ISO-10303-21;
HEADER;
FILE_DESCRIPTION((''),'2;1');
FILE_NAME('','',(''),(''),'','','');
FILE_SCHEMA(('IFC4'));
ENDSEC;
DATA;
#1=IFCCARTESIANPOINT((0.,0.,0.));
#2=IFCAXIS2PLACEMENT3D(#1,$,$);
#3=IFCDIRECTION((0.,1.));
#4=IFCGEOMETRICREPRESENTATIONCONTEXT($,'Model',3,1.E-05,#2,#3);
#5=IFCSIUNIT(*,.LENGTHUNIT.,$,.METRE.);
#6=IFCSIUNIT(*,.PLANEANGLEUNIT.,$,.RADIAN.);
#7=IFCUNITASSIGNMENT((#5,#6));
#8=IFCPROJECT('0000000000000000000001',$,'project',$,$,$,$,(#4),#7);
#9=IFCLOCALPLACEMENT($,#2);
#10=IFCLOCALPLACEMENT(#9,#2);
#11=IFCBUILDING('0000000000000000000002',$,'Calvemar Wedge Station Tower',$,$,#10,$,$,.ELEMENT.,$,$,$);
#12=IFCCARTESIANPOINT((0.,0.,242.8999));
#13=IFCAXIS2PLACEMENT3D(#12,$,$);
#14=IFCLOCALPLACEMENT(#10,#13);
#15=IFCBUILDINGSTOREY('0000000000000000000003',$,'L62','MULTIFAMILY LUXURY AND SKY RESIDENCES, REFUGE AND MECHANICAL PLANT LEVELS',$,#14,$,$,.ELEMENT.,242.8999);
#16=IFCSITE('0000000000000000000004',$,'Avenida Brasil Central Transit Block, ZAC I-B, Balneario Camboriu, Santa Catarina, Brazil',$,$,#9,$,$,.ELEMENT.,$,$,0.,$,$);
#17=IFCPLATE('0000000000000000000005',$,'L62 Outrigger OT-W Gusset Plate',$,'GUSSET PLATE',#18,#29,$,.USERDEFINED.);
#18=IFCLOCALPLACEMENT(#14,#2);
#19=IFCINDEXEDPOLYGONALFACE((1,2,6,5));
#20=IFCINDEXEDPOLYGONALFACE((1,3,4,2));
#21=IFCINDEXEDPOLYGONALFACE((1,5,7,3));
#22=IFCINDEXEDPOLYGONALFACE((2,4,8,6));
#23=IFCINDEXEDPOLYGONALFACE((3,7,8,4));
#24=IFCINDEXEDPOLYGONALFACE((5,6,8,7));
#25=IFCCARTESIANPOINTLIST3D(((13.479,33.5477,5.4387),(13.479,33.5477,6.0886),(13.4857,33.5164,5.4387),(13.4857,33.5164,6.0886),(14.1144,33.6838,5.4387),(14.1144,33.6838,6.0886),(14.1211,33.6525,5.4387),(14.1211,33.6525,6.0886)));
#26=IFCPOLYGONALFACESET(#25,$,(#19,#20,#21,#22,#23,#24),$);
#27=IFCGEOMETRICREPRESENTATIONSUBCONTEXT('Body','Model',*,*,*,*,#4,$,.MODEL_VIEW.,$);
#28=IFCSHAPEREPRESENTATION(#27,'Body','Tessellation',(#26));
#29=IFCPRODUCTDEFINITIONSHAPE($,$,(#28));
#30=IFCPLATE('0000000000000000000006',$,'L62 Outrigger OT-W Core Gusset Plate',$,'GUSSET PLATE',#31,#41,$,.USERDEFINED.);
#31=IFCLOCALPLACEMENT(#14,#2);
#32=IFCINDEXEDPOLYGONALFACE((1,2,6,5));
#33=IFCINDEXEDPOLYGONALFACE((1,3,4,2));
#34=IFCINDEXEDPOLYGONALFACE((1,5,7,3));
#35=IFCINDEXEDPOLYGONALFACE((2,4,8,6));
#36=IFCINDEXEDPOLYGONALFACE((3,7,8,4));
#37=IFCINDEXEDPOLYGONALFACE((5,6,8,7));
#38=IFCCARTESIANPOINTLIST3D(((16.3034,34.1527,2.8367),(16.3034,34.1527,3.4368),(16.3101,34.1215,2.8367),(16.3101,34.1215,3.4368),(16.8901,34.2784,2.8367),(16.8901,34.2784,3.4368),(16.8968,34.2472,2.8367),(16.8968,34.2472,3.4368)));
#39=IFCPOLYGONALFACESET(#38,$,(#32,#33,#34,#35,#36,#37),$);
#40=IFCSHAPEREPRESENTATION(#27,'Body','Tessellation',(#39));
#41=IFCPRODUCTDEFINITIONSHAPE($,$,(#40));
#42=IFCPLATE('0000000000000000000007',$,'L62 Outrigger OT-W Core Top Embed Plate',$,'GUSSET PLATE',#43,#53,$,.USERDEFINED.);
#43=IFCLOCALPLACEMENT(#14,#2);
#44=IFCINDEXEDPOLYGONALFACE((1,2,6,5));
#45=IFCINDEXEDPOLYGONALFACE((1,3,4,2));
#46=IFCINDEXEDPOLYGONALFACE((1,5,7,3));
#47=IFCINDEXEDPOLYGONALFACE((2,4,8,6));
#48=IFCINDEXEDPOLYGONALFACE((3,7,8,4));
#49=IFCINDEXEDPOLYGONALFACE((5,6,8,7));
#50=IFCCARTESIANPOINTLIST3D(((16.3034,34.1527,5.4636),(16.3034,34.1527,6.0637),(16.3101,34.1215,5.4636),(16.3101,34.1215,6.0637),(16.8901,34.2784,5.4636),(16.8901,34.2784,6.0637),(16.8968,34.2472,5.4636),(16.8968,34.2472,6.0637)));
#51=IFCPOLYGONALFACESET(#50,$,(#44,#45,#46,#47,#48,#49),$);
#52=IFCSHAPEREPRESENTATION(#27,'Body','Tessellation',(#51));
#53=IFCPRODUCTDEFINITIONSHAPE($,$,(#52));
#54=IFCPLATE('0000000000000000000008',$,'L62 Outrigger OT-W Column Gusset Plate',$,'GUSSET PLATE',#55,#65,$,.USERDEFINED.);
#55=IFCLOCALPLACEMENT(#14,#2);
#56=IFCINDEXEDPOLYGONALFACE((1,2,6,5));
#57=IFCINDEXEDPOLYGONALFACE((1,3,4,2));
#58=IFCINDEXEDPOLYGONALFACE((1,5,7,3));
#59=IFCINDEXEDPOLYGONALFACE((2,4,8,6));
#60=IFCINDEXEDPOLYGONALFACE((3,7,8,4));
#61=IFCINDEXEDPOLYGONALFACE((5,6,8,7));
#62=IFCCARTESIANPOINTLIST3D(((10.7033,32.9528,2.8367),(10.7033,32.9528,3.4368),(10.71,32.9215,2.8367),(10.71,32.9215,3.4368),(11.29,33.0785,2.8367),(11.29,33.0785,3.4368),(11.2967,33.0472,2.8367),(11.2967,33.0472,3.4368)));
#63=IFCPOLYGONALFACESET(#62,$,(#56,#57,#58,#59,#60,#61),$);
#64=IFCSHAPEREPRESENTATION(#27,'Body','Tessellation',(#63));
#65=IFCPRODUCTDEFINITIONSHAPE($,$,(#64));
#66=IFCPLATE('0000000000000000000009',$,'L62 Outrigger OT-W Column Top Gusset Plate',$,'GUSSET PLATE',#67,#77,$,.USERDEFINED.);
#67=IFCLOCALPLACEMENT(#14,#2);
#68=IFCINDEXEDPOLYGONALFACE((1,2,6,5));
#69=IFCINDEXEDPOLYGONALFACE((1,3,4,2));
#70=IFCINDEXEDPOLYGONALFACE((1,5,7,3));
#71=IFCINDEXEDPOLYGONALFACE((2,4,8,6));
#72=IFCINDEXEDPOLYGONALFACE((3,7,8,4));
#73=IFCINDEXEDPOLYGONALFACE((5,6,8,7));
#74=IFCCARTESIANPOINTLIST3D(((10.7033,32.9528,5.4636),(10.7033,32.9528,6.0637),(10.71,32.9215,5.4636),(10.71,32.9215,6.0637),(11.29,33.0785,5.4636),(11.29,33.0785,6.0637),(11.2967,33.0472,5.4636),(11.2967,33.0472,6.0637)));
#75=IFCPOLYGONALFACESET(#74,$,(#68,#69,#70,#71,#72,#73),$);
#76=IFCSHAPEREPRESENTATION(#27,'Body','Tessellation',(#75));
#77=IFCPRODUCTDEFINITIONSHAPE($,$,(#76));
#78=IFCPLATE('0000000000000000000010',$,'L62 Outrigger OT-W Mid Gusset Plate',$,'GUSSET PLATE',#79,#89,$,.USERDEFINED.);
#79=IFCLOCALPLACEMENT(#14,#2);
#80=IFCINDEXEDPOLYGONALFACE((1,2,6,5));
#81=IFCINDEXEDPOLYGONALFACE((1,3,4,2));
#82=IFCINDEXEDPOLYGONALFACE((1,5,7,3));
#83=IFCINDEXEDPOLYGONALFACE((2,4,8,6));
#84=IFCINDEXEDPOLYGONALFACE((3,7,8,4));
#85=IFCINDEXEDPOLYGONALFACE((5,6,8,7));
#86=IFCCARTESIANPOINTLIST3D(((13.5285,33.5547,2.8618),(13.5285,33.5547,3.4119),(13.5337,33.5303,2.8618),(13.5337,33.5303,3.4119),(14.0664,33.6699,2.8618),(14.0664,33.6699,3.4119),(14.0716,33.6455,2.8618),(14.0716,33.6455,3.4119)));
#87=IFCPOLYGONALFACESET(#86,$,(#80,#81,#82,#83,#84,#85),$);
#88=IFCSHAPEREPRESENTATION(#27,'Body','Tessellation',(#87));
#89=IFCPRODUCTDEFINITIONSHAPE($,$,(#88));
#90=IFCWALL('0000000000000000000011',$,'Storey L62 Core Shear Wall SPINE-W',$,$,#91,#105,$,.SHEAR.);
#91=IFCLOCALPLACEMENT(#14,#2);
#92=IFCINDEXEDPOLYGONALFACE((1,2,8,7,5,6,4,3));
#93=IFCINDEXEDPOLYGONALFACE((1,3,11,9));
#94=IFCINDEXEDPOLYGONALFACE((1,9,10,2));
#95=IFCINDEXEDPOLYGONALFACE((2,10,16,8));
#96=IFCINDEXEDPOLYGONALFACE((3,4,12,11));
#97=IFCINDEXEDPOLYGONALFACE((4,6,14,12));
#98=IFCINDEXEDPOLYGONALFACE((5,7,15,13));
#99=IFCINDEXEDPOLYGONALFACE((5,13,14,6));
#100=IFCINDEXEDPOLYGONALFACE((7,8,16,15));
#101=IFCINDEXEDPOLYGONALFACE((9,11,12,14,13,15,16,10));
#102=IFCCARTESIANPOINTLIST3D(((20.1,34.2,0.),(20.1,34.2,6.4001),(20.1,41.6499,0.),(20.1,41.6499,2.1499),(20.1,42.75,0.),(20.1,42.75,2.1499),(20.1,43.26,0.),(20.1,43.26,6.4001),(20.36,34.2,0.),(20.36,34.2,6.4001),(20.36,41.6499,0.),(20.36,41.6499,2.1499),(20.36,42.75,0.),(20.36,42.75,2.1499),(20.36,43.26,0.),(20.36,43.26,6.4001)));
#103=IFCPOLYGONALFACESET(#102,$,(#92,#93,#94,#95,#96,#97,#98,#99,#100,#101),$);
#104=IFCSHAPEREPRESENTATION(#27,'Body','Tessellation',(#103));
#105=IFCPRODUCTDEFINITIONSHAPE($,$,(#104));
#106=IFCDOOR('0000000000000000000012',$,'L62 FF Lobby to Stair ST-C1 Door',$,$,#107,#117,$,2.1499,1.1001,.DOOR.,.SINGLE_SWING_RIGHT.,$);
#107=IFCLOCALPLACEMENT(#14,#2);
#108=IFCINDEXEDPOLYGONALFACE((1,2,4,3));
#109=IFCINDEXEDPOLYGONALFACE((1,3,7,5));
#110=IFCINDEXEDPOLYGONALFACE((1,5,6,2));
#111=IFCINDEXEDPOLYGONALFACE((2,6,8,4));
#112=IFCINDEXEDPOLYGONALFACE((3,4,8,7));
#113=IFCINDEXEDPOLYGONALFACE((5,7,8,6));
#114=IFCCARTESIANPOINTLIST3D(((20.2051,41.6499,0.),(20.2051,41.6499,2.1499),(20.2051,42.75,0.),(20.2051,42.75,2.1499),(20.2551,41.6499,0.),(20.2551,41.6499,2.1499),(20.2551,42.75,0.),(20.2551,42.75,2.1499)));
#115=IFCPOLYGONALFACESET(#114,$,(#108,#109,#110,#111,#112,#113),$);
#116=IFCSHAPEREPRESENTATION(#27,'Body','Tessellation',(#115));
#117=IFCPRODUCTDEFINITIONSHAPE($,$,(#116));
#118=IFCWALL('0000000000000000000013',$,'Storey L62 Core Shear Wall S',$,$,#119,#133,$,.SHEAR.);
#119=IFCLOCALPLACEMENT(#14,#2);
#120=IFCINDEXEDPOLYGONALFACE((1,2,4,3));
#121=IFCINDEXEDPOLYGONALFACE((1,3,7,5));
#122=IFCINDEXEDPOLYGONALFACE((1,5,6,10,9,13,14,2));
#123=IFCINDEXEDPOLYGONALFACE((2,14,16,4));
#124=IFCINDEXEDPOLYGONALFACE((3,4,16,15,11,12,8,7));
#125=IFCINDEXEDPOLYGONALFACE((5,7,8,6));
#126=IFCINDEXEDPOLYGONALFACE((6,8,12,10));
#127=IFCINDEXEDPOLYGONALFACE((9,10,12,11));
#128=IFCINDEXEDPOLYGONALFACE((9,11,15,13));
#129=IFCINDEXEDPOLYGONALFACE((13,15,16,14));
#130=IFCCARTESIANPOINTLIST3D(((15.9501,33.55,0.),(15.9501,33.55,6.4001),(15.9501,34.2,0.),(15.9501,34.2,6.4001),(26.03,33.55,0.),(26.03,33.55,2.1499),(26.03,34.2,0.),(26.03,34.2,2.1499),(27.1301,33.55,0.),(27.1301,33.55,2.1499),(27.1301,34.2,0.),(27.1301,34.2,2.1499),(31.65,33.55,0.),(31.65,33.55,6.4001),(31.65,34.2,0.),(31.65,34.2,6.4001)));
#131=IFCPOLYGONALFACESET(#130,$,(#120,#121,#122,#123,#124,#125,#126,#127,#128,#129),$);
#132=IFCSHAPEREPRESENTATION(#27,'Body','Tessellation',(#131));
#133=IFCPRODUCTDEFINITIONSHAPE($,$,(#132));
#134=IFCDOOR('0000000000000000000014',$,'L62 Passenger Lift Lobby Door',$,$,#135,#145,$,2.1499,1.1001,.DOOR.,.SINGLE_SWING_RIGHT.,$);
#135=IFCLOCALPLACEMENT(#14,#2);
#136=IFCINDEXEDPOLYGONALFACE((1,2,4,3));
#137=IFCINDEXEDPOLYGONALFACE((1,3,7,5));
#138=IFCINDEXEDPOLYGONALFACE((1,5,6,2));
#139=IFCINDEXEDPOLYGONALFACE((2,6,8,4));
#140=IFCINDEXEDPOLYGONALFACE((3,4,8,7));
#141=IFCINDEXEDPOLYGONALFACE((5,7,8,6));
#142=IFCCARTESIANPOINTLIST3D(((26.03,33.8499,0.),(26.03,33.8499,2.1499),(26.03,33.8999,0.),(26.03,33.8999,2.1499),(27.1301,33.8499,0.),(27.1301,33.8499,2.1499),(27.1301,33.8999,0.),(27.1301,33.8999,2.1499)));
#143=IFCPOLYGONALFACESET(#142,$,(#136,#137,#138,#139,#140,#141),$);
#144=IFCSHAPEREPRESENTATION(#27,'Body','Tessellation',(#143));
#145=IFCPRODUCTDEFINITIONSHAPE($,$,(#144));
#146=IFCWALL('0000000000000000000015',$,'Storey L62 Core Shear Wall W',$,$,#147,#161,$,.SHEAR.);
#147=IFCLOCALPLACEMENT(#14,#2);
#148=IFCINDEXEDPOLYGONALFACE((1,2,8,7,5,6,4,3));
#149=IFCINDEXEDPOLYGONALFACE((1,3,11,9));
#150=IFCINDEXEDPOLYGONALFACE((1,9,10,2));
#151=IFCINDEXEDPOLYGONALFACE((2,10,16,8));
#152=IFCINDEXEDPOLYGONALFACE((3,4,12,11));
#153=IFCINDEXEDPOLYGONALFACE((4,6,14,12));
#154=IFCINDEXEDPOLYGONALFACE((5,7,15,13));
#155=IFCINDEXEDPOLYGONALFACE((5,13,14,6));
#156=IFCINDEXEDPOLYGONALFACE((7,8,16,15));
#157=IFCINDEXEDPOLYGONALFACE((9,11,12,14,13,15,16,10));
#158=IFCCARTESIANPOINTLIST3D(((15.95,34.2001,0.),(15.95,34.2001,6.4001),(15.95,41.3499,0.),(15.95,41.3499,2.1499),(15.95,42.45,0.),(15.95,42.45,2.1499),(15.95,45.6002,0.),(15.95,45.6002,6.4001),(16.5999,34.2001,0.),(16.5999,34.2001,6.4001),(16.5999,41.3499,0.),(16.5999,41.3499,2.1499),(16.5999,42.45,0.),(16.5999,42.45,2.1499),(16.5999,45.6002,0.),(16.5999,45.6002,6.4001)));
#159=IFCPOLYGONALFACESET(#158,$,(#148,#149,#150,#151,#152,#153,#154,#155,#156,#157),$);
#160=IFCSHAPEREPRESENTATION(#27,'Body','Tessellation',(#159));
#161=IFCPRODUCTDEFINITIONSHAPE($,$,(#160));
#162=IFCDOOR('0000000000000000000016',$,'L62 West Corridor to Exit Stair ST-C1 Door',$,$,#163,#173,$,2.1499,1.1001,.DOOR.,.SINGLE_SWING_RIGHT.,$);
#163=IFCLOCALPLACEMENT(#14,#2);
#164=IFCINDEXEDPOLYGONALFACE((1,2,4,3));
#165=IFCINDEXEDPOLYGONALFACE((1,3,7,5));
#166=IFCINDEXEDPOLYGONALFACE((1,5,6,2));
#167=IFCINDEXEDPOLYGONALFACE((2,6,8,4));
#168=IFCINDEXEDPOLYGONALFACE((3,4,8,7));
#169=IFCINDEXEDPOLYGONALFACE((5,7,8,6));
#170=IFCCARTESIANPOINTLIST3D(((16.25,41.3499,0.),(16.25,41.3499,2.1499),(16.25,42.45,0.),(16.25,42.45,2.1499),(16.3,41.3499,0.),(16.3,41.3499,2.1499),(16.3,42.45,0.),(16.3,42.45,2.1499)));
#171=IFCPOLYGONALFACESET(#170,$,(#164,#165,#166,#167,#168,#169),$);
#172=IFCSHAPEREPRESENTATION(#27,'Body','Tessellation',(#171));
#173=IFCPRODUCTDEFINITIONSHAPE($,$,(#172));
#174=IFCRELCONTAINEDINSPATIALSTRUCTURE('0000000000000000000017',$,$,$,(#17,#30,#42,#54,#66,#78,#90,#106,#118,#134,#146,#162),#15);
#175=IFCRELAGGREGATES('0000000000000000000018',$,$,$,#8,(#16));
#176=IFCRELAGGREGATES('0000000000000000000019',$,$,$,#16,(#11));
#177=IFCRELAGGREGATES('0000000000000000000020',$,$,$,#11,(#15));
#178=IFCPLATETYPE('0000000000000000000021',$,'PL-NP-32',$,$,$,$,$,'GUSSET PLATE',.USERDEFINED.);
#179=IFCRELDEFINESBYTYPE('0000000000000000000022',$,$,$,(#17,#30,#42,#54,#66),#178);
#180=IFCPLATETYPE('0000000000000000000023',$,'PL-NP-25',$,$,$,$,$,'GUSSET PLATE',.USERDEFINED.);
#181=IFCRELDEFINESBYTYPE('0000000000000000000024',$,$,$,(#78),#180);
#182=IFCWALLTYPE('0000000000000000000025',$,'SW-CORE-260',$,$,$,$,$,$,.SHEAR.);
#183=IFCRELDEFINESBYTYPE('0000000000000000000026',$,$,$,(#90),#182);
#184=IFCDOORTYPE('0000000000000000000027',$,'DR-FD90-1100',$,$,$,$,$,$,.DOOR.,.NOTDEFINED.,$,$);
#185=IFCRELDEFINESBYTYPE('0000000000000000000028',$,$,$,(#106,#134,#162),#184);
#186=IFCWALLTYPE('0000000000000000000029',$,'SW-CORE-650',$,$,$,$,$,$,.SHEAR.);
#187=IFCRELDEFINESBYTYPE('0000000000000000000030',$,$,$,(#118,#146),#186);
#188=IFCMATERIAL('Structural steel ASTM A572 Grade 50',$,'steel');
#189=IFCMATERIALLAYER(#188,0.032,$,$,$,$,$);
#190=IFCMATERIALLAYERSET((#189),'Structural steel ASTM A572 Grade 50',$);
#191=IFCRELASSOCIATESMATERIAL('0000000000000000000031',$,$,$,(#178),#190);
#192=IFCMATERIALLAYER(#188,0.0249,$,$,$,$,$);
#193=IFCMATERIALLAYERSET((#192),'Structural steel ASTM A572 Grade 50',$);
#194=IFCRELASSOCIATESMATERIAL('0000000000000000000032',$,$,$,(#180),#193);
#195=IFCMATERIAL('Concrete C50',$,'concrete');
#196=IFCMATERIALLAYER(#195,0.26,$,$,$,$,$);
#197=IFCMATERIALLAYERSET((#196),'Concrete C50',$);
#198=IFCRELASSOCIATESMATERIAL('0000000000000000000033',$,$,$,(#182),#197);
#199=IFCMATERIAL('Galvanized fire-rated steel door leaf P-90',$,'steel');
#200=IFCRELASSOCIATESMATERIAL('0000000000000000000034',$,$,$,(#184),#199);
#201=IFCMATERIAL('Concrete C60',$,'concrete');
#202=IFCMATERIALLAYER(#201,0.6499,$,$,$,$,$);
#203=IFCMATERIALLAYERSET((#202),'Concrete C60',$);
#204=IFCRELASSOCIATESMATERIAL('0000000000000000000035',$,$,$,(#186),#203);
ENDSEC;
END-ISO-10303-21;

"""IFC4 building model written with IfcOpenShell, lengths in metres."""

from ifc_helpers import new_model, si_unit, direction, frame, frame_2d, origin, origin_2d, place, context, subcontext, project, spatial, rectangle, extrude, source, transform, mapped, material, layer, layer_set, type_object, element, fill, save


model = new_model("IFC4")

# Units and contexts
model_context = context("Model", 3, precision=1e-05, world=origin(), true_north=direction((0.0, 1.0)))
body_context = subcontext(model_context, "Body", "Model", "MODEL_VIEW")
ifc_project = project(units=[si_unit("LENGTHUNIT", "METRE"), si_unit("PLANEANGLEUNIT", "RADIAN")], contexts=[model_context])

# Site, building, storey
site_placement = place(None, origin())
site = spatial("IfcSite", under=ifc_project, at=site_placement, Name="Avenida Brasil Central Transit Block, ZAC I-B, Balneario Camboriu, Santa Catarina, Brazil", CompositionType="ELEMENT", RefElevation=0.0)
building_placement = place(site_placement, origin())
building = spatial("IfcBuilding", under=site, at=building_placement, Name="Calvemar Wedge Station Tower", CompositionType="ELEMENT")
storey_placement = place(building_placement, frame((0.0, 0.0, 242.8999)))
storey = spatial("IfcBuildingStorey", under=building, at=storey_placement, Name="L62", Description="MULTIFAMILY LUXURY AND SKY RESIDENCES, REFUGE AND MECHANICAL PLANT LEVELS", CompositionType="ELEMENT", Elevation=242.8999)

# Shared definitions
ifc_material_1 = material(Name="Structural steel ASTM A572 Grade 50", Category="steel")

# Plates
ifc_layer_1 = layer(ifc_material_1, 0.032)
ifc_layer_set_1 = layer_set([ifc_layer_1], Name="Structural steel ASTM A572 Grade 50")
plate_type_1 = type_object("IfcPlateType", Name="PL-NP-32", ElementType="GUSSET PLATE", PredefinedType="USERDEFINED", material=ifc_layer_set_1)
shared_shape_1 = source(origin(), body_context, "Body", "SweptSolid", [
    extrude(rectangle(XDim=0.6499, YDim=0.032, at=origin_2d()), origin(), (0.0, 0.0, 1.0), 0.6499),
])
plate_1_placement = place(storey_placement, frame((13.8, 33.6001, 5.4387), z_axis=(0.0, 0.0, 1.0), x_axis=(-0.97782, -0.209448, 0.0)))
element("IfcPlate", 1, at=plate_1_placement, inside=storey, type_object=plate_type_1, Name="L62 Outrigger OT-W Gusset Plate", ObjectType="GUSSET PLATE", PredefinedType="USERDEFINED", context=body_context, shape_type="MappedRepresentation", body=[
    mapped(shared_shape_1, transform((0.0, 0.0, 0.0), scale=1.0)),
])
shared_shape_2 = source(origin(), body_context, "Body", "SweptSolid", [
    extrude(rectangle(XDim=0.6001, YDim=0.032, at=origin_2d()), origin(), (0.0, 0.0, 1.0), 0.6001),
])
for number, where, z_axis, x_axis, name in (
    (2, (16.6001, 34.2, 2.8367), (0.0, 0.0, 1.0), (-0.97782, -0.209448, 0.0), "L62 Outrigger OT-W Core Gusset Plate"),
    (3, (16.6001, 34.2, 5.4636), (0.0, 0.0, 1.0), (-0.97782, -0.209448, 0.0), "L62 Outrigger OT-W Core Top Embed Plate"),
    (4, (11.0, 33.0, 2.8367), (0.0, 0.0, 1.0), (-0.97782, -0.209448, 0.0), "L62 Outrigger OT-W Column Gusset Plate"),
    (5, (11.0, 33.0, 5.4636), (0.0, 0.0, 1.0), (-0.97782, -0.209448, 0.0), "L62 Outrigger OT-W Column Top Gusset Plate"),
):
    element("IfcPlate", number, at=place(storey_placement, frame(where, z_axis=z_axis, x_axis=x_axis)), inside=storey, type_object=plate_type_1, Name=name, ObjectType="GUSSET PLATE", PredefinedType="USERDEFINED", context=body_context, shape_type="MappedRepresentation", body=[
        mapped(shared_shape_2, transform((0.0, 0.0, 0.0), scale=1.0)),
    ])
ifc_layer_2 = layer(ifc_material_1, 0.0249)
ifc_layer_set_2 = layer_set([ifc_layer_2], Name="Structural steel ASTM A572 Grade 50")
plate_type_2 = type_object("IfcPlateType", Name="PL-NP-25", ElementType="GUSSET PLATE", PredefinedType="USERDEFINED", material=ifc_layer_set_2)
shared_shape_3 = source(origin(), body_context, "Body", "SweptSolid", [
    extrude(rectangle(XDim=0.55, YDim=0.0249, at=origin_2d()), origin(), (0.0, 0.0, 1.0), 0.55),
])
plate_2_placement = place(storey_placement, frame((13.8, 33.6001, 2.8618), z_axis=(0.0, 0.0, 1.0), x_axis=(-0.97782, -0.209448, 0.0)))
element("IfcPlate", 6, at=plate_2_placement, inside=storey, type_object=plate_type_2, Name="L62 Outrigger OT-W Mid Gusset Plate", ObjectType="GUSSET PLATE", PredefinedType="USERDEFINED", context=body_context, shape_type="MappedRepresentation", body=[
    mapped(shared_shape_3, transform((0.0, 0.0, 0.0), scale=1.0)),
])

# Walls, openings, doors
ifc_material_2 = material(Name="Concrete C50", Category="concrete")
ifc_layer_3 = layer(ifc_material_2, 0.26)
ifc_layer_set_3 = layer_set([ifc_layer_3], Name="Concrete C50")
wall_type_1 = type_object("IfcWallType", Name="SW-CORE-260", PredefinedType="SHEAR", material=ifc_layer_set_3)
wall_1_placement = place(storey_placement, frame((20.23, 34.2, 0.0), z_axis=(0.0, 0.0, 1.0), x_axis=(0.0, 1.0, 0.0)))
wall_1 = element("IfcWall", 7, at=wall_1_placement, inside=storey, type_object=wall_type_1, Name="Storey L62 Core Shear Wall SPINE-W", PredefinedType="SHEAR", context=body_context, shape_type="SweptSolid", body=[
    extrude(rectangle(XDim=9.0601, YDim=0.26, at=frame_2d((4.53, 0.0))), origin(), (0.0, 0.0, 1.0), 6.4001),
])
shared_shape_4 = source(origin(), body_context, "Body", "SweptSolid", [
    extrude(rectangle(XDim=1.1001, YDim=2.1499, at=frame_2d((0.55, 1.075))), frame((0.0, 0.1401, 0.0), z_axis=(0.0, -1.0, 0.0), x_axis=(1.0, 0.0, 0.0)), (0.0, 0.0, 1.0), 0.28),
])
opening_1_placement = place(wall_1_placement, frame((7.45, 0.0, 0.0)))
opening_1 = element("IfcOpeningElement", 8, at=opening_1_placement, cuts=wall_1, PredefinedType="OPENING", context=body_context, shape_type="MappedRepresentation", body=[
    mapped(shared_shape_4, transform((0.0, 0.0, 0.0), scale=1.0)),
])
ifc_material_3 = material(Name="Galvanized fire-rated steel door leaf P-90", Category="steel")
door_type_1 = type_object("IfcDoorType", Name="DR-FD90-1100", OperationType="NOTDEFINED", PredefinedType="DOOR", material=ifc_material_3)
shared_shape_5 = source(origin(), body_context, "Body", "SweptSolid", [
    extrude(rectangle(XDim=1.1001, YDim=2.1499, at=frame_2d((0.55, 1.075))), frame((0.0, 0.0249, 0.0), z_axis=(0.0, -1.0, 0.0), x_axis=(1.0, 0.0, 0.0)), (0.0, 0.0, 1.0), 0.05),
])
door_1_placement = place(opening_1_placement, origin())
door_1 = element("IfcDoor", 9, at=door_1_placement, inside=storey, type_object=door_type_1, Name="L62 FF Lobby to Stair ST-C1 Door", OperationType="SINGLE_SWING_RIGHT", OverallHeight=2.1499, OverallWidth=1.1001, PredefinedType="DOOR", context=body_context, shape_type="MappedRepresentation", body=[
    mapped(shared_shape_5, transform((0.0, 0.0, 0.0), scale=1.0)),
])
fill(opening_1, door_1)
ifc_material_4 = material(Name="Concrete C60", Category="concrete")
ifc_layer_4 = layer(ifc_material_4, 0.6499)
ifc_layer_set_4 = layer_set([ifc_layer_4], Name="Concrete C60")
wall_type_2 = type_object("IfcWallType", Name="SW-CORE-650", PredefinedType="SHEAR", material=ifc_layer_set_4)
wall_2_placement = place(storey_placement, frame((15.95, 33.875, 0.0), z_axis=(0.0, 0.0, 1.0), x_axis=(1.0, 0.0, 0.0)))
wall_2 = element("IfcWall", 10, at=wall_2_placement, inside=storey, type_object=wall_type_2, Name="Storey L62 Core Shear Wall S", PredefinedType="SHEAR", context=body_context, shape_type="SweptSolid", body=[
    extrude(rectangle(XDim=15.7, YDim=0.6499, at=frame_2d((7.8501, 0.0))), origin(), (0.0, 0.0, 1.0), 6.4001),
])
shared_shape_6 = source(origin(), body_context, "Body", "SweptSolid", [
    extrude(rectangle(XDim=1.1001, YDim=2.1499, at=frame_2d((0.55, 1.075))), frame((0.0, 0.335, 0.0), z_axis=(0.0, -1.0, 0.0), x_axis=(1.0, 0.0, 0.0)), (0.0, 0.0, 1.0), 0.6699),
])
opening_2_placement = place(wall_2_placement, frame((10.0801, 0.0, 0.0)))
opening_2 = element("IfcOpeningElement", 11, at=opening_2_placement, cuts=wall_2, PredefinedType="OPENING", context=body_context, shape_type="MappedRepresentation", body=[
    mapped(shared_shape_6, transform((0.0, 0.0, 0.0), scale=1.0)),
])
door_2_placement = place(opening_2_placement, origin())
door_2 = element("IfcDoor", 12, at=door_2_placement, inside=storey, type_object=door_type_1, Name="L62 Passenger Lift Lobby Door", OperationType="SINGLE_SWING_RIGHT", OverallHeight=2.1499, OverallWidth=1.1001, PredefinedType="DOOR", context=body_context, shape_type="MappedRepresentation", body=[
    mapped(shared_shape_5, transform((0.0, 0.0, 0.0), scale=1.0)),
])
fill(opening_2, door_2)
wall_3_placement = place(storey_placement, frame((16.2749, 34.2, 0.0), z_axis=(0.0, 0.0, 1.0), x_axis=(0.0, 1.0, 0.0)))
wall_3 = element("IfcWall", 13, at=wall_3_placement, inside=storey, type_object=wall_type_2, Name="Storey L62 Core Shear Wall W", PredefinedType="SHEAR", context=body_context, shape_type="SweptSolid", body=[
    extrude(rectangle(XDim=11.4001, YDim=0.6499, at=frame_2d((5.7002, 0.0))), origin(), (0.0, 0.0, 1.0), 6.4001),
])
opening_3_placement = place(wall_3_placement, frame((7.1499, 0.0, 0.0)))
opening_3 = element("IfcOpeningElement", 14, at=opening_3_placement, cuts=wall_3, PredefinedType="OPENING", context=body_context, shape_type="MappedRepresentation", body=[
    mapped(shared_shape_6, transform((0.0, 0.0, 0.0), scale=1.0)),
])
door_3_placement = place(opening_3_placement, origin())
door_3 = element("IfcDoor", 15, at=door_3_placement, inside=storey, type_object=door_type_1, Name="L62 West Corridor to Exit Stair ST-C1 Door", OperationType="SINGLE_SWING_RIGHT", OverallHeight=2.1499, OverallWidth=1.1001, PredefinedType="DOOR", context=body_context, shape_type="MappedRepresentation", body=[
    mapped(shared_shape_5, transform((0.0, 0.0, 0.0), scale=1.0)),
])
fill(opening_3, door_3)

save(model, "model.ifc")
